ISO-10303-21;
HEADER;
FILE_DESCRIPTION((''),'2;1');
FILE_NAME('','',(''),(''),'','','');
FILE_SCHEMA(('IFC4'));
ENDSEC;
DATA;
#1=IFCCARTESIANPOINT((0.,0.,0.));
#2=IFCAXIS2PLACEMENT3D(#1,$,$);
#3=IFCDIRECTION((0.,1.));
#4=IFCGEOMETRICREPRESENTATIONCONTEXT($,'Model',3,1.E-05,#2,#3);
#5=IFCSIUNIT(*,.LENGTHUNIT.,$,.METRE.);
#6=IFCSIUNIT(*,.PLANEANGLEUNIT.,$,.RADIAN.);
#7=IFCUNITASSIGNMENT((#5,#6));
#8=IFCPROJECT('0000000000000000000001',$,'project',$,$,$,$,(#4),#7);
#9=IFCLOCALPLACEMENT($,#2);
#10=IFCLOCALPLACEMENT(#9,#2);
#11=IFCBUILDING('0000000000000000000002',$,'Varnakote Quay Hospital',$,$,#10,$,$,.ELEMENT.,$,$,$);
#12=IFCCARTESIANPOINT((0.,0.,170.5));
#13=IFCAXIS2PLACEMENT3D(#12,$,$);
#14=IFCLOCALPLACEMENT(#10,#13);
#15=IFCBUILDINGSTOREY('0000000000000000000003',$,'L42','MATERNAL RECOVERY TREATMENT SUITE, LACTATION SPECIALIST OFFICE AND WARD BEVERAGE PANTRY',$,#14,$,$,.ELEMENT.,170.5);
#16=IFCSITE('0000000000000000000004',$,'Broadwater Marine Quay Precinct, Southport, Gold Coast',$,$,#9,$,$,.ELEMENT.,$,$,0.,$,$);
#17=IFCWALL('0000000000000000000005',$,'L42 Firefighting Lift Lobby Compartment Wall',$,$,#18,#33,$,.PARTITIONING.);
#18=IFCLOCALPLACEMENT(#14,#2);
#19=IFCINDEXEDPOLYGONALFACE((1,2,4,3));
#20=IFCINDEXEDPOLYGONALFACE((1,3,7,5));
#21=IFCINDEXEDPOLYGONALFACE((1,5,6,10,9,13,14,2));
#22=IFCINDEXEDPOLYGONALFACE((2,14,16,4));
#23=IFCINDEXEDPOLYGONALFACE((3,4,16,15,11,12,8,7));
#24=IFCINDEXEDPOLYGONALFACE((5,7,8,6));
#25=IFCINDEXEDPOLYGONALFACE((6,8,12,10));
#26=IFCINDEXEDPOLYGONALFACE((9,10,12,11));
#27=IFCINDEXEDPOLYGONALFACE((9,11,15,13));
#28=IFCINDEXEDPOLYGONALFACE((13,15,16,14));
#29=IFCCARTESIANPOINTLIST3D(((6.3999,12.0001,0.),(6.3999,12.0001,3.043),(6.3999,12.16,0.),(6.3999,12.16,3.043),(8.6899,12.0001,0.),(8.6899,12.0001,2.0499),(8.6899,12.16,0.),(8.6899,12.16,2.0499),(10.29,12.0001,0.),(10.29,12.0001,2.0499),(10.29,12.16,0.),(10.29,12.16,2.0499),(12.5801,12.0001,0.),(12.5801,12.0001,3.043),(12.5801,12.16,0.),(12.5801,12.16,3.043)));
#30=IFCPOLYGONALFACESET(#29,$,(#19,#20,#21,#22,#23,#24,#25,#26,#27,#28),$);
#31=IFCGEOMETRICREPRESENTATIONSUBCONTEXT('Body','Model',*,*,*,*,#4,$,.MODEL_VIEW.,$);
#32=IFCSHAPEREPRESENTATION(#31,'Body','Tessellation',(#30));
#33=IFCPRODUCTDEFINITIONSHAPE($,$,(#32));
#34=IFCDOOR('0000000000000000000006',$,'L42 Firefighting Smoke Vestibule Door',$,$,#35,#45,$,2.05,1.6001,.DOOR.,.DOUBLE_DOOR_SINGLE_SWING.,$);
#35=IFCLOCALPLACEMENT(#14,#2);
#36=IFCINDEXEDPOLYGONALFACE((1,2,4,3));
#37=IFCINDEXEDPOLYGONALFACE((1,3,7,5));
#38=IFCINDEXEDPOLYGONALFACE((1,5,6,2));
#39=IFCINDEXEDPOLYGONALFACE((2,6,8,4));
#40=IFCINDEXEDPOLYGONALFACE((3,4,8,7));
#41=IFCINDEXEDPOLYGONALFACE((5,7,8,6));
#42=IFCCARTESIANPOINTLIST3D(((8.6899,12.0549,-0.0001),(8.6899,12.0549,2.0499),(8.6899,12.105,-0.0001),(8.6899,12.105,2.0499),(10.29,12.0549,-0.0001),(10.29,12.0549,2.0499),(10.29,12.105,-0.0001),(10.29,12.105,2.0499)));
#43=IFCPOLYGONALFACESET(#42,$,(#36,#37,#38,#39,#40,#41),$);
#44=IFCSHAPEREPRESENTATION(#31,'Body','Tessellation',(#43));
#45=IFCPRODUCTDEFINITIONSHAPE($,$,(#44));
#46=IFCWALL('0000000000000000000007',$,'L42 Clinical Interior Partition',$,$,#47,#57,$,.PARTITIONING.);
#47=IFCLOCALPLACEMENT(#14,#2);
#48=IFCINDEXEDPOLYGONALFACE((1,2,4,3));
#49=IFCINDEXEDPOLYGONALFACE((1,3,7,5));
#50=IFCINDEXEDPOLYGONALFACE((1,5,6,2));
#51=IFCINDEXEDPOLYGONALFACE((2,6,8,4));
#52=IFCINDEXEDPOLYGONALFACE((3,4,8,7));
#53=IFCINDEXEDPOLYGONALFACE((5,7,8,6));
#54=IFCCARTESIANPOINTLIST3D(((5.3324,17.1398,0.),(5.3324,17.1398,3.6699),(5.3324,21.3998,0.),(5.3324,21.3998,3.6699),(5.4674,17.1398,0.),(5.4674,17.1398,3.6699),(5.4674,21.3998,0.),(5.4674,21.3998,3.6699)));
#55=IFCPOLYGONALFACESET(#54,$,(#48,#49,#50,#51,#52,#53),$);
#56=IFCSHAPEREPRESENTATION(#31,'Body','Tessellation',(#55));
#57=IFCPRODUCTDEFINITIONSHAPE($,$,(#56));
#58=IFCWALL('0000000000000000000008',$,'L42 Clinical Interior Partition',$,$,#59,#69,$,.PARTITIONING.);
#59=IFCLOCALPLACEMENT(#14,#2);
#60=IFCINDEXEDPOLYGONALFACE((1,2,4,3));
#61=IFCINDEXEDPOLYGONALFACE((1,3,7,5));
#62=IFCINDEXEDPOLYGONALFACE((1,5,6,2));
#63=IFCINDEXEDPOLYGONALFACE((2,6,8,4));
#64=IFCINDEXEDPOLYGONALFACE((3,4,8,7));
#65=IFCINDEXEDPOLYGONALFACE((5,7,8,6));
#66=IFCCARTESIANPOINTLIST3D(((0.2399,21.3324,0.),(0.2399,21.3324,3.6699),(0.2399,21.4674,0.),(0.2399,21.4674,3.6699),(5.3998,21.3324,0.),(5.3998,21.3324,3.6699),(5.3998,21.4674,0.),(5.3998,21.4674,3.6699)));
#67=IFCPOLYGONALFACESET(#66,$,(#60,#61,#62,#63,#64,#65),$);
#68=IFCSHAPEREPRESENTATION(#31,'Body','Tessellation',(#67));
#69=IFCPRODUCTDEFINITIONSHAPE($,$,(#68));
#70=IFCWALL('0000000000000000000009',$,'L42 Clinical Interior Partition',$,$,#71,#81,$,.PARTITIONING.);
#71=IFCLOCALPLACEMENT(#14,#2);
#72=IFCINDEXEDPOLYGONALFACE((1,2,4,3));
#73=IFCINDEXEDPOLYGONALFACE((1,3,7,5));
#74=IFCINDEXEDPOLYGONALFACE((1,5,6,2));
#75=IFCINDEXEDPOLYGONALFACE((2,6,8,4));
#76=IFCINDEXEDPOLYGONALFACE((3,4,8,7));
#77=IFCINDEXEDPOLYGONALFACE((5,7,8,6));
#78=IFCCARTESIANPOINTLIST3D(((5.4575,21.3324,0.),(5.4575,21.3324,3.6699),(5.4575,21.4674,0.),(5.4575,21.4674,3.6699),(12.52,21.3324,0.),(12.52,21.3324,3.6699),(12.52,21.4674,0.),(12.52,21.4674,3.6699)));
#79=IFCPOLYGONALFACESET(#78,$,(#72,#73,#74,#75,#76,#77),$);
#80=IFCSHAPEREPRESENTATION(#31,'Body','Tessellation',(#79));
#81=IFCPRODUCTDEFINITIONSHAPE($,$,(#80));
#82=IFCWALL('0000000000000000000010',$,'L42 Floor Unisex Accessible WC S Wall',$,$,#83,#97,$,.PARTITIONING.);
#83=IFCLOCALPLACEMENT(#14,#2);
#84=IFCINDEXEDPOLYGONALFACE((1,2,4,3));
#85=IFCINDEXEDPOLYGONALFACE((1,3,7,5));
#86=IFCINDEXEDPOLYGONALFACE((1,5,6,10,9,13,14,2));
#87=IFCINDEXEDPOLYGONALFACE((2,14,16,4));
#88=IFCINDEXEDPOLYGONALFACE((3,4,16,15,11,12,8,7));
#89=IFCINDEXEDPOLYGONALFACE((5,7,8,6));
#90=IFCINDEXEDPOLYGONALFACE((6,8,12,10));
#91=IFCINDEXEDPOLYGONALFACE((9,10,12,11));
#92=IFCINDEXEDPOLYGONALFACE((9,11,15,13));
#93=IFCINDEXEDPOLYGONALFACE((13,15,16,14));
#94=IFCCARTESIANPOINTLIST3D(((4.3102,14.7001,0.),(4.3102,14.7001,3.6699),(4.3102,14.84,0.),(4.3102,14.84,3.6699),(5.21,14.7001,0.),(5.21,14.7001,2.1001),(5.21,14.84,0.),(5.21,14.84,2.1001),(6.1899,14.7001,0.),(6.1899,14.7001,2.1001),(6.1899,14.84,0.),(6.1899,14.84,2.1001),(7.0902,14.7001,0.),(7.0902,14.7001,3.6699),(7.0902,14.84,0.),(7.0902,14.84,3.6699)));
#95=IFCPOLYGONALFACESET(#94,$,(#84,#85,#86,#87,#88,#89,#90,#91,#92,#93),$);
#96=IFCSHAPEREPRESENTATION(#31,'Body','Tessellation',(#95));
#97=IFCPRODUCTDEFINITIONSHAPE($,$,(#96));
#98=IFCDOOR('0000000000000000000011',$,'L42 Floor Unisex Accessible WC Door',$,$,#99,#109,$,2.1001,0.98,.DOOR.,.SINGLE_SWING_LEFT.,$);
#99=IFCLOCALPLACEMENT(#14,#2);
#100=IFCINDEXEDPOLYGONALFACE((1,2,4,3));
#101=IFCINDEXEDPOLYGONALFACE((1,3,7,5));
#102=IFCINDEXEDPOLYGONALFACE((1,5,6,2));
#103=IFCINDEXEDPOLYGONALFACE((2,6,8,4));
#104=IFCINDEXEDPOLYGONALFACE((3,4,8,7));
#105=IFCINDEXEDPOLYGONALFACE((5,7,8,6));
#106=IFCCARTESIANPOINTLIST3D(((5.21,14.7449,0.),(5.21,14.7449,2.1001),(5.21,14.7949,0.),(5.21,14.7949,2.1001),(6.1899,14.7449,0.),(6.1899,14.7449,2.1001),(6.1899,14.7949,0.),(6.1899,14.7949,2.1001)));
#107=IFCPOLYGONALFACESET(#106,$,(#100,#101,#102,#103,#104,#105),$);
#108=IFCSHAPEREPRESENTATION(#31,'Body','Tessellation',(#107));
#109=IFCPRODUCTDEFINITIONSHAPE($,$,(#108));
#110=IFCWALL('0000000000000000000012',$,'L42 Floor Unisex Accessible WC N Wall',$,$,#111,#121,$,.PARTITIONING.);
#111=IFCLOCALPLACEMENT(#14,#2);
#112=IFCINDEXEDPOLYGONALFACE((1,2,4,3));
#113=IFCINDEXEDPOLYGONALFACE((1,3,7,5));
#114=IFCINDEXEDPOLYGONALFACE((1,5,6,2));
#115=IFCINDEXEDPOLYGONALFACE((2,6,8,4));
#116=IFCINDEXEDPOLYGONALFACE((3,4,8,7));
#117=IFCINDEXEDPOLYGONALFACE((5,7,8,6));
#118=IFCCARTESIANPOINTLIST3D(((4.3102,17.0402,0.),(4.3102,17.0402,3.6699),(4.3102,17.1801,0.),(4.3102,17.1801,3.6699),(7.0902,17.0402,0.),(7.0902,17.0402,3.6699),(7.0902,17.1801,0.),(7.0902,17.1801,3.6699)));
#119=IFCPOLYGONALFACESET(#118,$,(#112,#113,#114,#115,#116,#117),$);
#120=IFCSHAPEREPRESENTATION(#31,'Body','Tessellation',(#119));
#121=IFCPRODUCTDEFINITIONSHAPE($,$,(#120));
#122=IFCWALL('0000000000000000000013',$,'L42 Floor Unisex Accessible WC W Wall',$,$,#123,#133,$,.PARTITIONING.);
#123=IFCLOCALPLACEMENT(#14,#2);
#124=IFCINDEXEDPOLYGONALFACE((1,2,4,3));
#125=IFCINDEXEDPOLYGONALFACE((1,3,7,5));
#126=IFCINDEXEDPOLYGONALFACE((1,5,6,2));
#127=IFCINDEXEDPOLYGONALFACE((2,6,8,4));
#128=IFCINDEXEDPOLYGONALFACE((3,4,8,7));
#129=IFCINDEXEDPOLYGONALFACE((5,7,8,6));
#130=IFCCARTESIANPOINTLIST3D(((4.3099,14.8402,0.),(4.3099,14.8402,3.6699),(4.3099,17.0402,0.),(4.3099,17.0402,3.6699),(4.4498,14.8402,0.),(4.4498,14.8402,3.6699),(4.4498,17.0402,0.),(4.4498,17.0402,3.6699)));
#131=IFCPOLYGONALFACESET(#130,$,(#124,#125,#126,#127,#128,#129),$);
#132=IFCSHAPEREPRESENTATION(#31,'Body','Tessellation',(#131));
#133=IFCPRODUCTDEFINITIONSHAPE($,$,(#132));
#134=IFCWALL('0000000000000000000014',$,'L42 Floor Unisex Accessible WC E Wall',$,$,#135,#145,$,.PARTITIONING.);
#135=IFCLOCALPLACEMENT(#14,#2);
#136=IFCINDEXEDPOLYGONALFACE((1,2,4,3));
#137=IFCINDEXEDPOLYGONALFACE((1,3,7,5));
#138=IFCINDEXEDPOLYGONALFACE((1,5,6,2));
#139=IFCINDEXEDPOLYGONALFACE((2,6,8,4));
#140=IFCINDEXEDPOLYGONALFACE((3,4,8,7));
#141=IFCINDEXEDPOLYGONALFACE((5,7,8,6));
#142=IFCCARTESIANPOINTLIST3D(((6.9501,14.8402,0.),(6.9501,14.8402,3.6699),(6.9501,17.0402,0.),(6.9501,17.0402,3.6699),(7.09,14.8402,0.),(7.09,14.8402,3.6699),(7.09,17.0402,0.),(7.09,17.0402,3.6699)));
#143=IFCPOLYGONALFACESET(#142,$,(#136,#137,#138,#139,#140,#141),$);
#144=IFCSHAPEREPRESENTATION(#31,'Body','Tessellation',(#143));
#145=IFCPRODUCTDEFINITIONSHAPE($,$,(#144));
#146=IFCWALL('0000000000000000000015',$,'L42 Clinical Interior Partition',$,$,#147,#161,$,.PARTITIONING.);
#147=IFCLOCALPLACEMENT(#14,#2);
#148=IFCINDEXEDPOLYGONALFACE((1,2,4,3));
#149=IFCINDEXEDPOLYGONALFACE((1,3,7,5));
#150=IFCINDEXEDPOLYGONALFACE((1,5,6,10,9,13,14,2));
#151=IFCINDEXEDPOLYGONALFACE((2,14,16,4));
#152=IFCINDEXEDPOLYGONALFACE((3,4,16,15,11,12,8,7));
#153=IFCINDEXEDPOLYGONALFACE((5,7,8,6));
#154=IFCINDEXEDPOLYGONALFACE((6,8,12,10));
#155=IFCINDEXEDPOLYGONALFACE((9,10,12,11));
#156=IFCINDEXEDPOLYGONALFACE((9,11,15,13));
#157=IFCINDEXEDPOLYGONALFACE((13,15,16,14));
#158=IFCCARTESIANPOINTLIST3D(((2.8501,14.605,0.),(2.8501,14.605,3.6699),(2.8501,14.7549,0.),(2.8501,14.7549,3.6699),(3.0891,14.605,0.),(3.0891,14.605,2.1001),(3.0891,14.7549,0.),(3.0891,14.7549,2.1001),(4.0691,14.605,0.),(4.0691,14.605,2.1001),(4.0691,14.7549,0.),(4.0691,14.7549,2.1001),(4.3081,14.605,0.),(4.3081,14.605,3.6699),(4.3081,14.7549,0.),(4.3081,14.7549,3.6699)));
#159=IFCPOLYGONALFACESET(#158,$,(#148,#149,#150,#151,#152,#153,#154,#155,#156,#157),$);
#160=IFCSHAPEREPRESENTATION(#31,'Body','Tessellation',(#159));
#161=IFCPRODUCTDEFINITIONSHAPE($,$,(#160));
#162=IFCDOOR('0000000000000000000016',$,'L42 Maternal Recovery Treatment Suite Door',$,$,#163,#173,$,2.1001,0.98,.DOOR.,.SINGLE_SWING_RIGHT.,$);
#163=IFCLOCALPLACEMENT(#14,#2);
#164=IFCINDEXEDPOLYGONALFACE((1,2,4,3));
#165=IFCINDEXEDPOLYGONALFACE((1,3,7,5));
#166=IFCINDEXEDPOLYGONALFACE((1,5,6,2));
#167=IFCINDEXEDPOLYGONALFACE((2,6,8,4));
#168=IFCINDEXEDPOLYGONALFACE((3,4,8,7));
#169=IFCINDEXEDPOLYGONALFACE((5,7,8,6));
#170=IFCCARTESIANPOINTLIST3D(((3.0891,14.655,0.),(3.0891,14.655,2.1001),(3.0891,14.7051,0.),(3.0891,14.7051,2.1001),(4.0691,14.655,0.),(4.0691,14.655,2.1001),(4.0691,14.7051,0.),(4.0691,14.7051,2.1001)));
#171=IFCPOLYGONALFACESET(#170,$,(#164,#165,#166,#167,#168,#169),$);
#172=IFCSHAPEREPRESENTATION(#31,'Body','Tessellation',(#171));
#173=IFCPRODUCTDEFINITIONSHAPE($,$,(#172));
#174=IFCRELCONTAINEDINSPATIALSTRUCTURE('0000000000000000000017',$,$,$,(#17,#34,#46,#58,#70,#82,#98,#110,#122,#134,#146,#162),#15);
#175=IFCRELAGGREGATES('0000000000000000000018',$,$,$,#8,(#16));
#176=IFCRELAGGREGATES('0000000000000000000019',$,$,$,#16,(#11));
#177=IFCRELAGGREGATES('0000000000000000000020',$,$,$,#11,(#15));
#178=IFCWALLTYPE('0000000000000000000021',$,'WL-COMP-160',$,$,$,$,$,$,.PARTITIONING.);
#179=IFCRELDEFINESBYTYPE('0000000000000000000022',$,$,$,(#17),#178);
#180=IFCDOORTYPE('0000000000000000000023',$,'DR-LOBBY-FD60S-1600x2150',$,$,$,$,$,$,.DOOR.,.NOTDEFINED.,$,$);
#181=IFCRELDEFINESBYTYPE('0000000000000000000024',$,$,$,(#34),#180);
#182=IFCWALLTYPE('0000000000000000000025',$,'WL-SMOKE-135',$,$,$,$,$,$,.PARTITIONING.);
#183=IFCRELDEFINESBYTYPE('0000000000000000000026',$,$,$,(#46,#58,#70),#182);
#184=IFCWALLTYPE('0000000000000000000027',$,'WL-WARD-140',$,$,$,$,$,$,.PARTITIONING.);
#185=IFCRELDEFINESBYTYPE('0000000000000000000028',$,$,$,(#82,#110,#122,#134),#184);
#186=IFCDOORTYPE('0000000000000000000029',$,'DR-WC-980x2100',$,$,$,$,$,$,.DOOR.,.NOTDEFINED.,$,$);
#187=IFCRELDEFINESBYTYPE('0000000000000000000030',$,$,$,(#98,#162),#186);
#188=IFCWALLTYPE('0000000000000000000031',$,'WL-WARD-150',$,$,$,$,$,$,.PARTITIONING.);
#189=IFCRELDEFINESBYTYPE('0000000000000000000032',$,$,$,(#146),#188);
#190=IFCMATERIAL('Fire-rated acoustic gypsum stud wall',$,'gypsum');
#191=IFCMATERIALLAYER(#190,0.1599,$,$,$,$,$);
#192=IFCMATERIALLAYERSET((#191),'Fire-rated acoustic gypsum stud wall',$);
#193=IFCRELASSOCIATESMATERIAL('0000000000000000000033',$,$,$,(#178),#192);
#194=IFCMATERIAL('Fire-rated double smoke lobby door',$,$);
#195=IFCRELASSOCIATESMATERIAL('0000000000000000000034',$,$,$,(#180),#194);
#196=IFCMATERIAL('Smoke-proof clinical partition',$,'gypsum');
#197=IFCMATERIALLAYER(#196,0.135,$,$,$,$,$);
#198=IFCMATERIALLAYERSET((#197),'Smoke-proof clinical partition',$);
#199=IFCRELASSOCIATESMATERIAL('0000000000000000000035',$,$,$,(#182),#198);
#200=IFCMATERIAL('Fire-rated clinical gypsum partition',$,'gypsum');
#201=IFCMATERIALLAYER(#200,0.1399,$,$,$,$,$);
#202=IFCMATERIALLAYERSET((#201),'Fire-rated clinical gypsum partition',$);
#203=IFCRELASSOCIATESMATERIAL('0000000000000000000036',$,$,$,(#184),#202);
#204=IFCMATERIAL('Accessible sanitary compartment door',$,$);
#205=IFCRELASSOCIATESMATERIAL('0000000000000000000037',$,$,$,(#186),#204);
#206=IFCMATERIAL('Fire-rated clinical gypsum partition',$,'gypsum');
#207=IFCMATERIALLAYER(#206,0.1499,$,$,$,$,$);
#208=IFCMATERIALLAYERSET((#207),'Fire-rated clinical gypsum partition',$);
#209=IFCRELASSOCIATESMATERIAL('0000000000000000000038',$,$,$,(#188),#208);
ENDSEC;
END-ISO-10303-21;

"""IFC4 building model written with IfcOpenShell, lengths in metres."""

from ifc_helpers import new_model, si_unit, direction, frame, frame_2d, origin, place, context, subcontext, project, spatial, rectangle, extrude, material, layer, layer_set, type_object, element, fill, save


model = new_model("IFC4")

# Units and contexts
model_context = context("Model", 3, precision=1e-05, world=origin(), true_north=direction((0.0, 1.0)))
body_context = subcontext(model_context, "Body", "Model", "MODEL_VIEW")
ifc_project = project(units=[si_unit("LENGTHUNIT", "METRE"), si_unit("PLANEANGLEUNIT", "RADIAN")], contexts=[model_context])

# Site, building, storey
site_placement = place(None, origin())
site = spatial("IfcSite", under=ifc_project, at=site_placement, Name="Broadwater Marine Quay Precinct, Southport, Gold Coast", CompositionType="ELEMENT", RefElevation=0.0)
building_placement = place(site_placement, origin())
building = spatial("IfcBuilding", under=site, at=building_placement, Name="Varnakote Quay Hospital", CompositionType="ELEMENT")
storey_placement = place(building_placement, frame((0.0, 0.0, 170.5)))
storey = spatial("IfcBuildingStorey", under=building, at=storey_placement, Name="L42", Description="MATERNAL RECOVERY TREATMENT SUITE, LACTATION SPECIALIST OFFICE AND WARD BEVERAGE PANTRY", CompositionType="ELEMENT", Elevation=170.5)

# Wall, opening, door
ifc_material_1 = material(Name="Fire-rated acoustic gypsum stud wall", Category="gypsum")
ifc_layer_1 = layer(ifc_material_1, 0.1599)
ifc_layer_set_1 = layer_set([ifc_layer_1], Name="Fire-rated acoustic gypsum stud wall")
wall_type_1 = type_object("IfcWallType", Name="WL-COMP-160", PredefinedType="PARTITIONING", material=ifc_layer_set_1)
ifc_material_2 = material(Name="Fire-rated double smoke lobby door")
door_type_1 = type_object("IfcDoorType", Name="DR-LOBBY-FD60S-1600x2150", OperationType="NOTDEFINED", PredefinedType="DOOR", material=ifc_material_2)
wall_1_placement = place(storey_placement, frame((6.3999, 12.0801, 0.0), z_axis=(0.0, 0.0, 1.0), x_axis=(1.0, 0.0, 0.0)))
wall_1 = element("IfcWall", 1, at=wall_1_placement, inside=storey, type_object=wall_type_1, Name="L42 Firefighting Lift Lobby Compartment Wall", PredefinedType="PARTITIONING", context=body_context, shape_type="SweptSolid", body=[
    extrude(rectangle(XDim=6.1802, YDim=0.1599, at=frame_2d((3.0901, 0.0))), origin(), (0.0, 0.0, 1.0), 3.043),
])
opening_1_placement = place(wall_1_placement, frame((2.29, 0.0, 0.0)))
opening_1 = element("IfcOpeningElement", 2, at=opening_1_placement, cuts=wall_1, PredefinedType="OPENING", context=body_context, shape_type="SweptSolid", body=[
    extrude(rectangle(XDim=1.6001, YDim=2.05, at=frame_2d((0.8, 1.0249))), frame((0.0, 0.0898, 0.0), z_axis=(0.0, -1.0, 0.0), x_axis=(1.0, 0.0, 0.0)), (0.0, 0.0, 1.0), 0.1799),
])
door_1_placement = place(opening_1_placement, origin())
door_1 = element("IfcDoor", 3, at=door_1_placement, inside=storey, type_object=door_type_1, Name="L42 Firefighting Smoke Vestibule Door", OperationType="DOUBLE_DOOR_SINGLE_SWING", OverallHeight=2.05, OverallWidth=1.6001, PredefinedType="DOOR", context=body_context, shape_type="SweptSolid", body=[
    extrude(rectangle(XDim=1.6001, YDim=2.05, at=frame_2d((0.8, 1.0249))), frame((0.0, 0.0249, 0.0), z_axis=(0.0, -1.0, 0.0), x_axis=(1.0, 0.0, 0.0)), (0.0, 0.0, 1.0), 0.05),
])
fill(opening_1, door_1)

# Walls
ifc_material_3 = material(Name="Smoke-proof clinical partition", Category="gypsum")
ifc_layer_2 = layer(ifc_material_3, 0.135)
ifc_layer_set_2 = layer_set([ifc_layer_2], Name="Smoke-proof clinical partition")
wall_type_2 = type_object("IfcWallType", Name="WL-SMOKE-135", PredefinedType="PARTITIONING", material=ifc_layer_set_2)
wall_2_placement = place(storey_placement, frame((5.3999, 17.1399, 0.0), z_axis=(0.0, 0.0, 1.0), x_axis=(0.0, 1.0, 0.0)))
element("IfcWall", 4, at=wall_2_placement, inside=storey, type_object=wall_type_2, Name="L42 Clinical Interior Partition", PredefinedType="PARTITIONING", context=body_context, shape_type="SweptSolid", body=[
    extrude(rectangle(XDim=4.26, YDim=0.135, at=frame_2d((2.1299, 0.0))), origin(), (0.0, 0.0, 1.0), 3.6699),
])
wall_3_placement = place(storey_placement, frame((5.3999, 21.3999, 0.0), z_axis=(0.0, 0.0, 1.0), x_axis=(-1.0, 0.0, 0.0)))
element("IfcWall", 5, at=wall_3_placement, inside=storey, type_object=wall_type_2, Name="L42 Clinical Interior Partition", PredefinedType="PARTITIONING", context=body_context, shape_type="SweptSolid", body=[
    extrude(rectangle(XDim=5.1599, YDim=0.135, at=frame_2d((2.5801, 0.0))), origin(), (0.0, 0.0, 1.0), 3.6699),
])
wall_4_placement = place(storey_placement, frame((12.52, 21.3999, 0.0), z_axis=(0.0, 0.0, 1.0), x_axis=(-1.0, 0.0, 0.0)))
element("IfcWall", 6, at=wall_4_placement, inside=storey, type_object=wall_type_2, Name="L42 Clinical Interior Partition", PredefinedType="PARTITIONING", context=body_context, shape_type="SweptSolid", body=[
    extrude(rectangle(XDim=7.0625, YDim=0.135, at=frame_2d((3.5312, 0.0))), origin(), (0.0, 0.0, 1.0), 3.6699),
])

# Wall, opening, door
ifc_material_4 = material(Name="Fire-rated clinical gypsum partition", Category="gypsum")
ifc_layer_3 = layer(ifc_material_4, 0.1399)
ifc_layer_set_3 = layer_set([ifc_layer_3], Name="Fire-rated clinical gypsum partition")
wall_type_3 = type_object("IfcWallType", Name="WL-WARD-140", PredefinedType="PARTITIONING", material=ifc_layer_set_3)
wall_5_placement = place(storey_placement, frame((4.3101, 14.77, 0.0), z_axis=(0.0, 0.0, 1.0), x_axis=(1.0, 0.0, 0.0)))
wall_5 = element("IfcWall", 7, at=wall_5_placement, inside=storey, type_object=wall_type_3, Name="L42 Floor Unisex Accessible WC S Wall", PredefinedType="PARTITIONING", context=body_context, shape_type="SweptSolid", body=[
    extrude(rectangle(XDim=2.78, YDim=0.1399, at=frame_2d((1.3901, 0.0))), origin(), (0.0, 0.0, 1.0), 3.6699),
])
opening_2_placement = place(wall_5_placement, frame((0.8999, 0.0, 0.0)))
opening_2 = element("IfcOpeningElement", 8, at=opening_2_placement, cuts=wall_5, PredefinedType="OPENING", context=body_context, shape_type="SweptSolid", body=[
    extrude(rectangle(XDim=0.98, YDim=2.1001, at=frame_2d((0.49, 1.05))), frame((0.0, 0.0798, 0.0), z_axis=(0.0, -1.0, 0.0), x_axis=(1.0, 0.0, 0.0)), (0.0, 0.0, 1.0), 0.1599),
])
ifc_material_5 = material(Name="Accessible sanitary compartment door")
door_type_2 = type_object("IfcDoorType", Name="DR-WC-980x2100", OperationType="NOTDEFINED", PredefinedType="DOOR", material=ifc_material_5)
door_2_placement = place(opening_2_placement, origin())
door_2 = element("IfcDoor", 9, at=door_2_placement, inside=storey, type_object=door_type_2, Name="L42 Floor Unisex Accessible WC Door", OperationType="SINGLE_SWING_LEFT", OverallHeight=2.1001, OverallWidth=0.98, PredefinedType="DOOR", context=body_context, shape_type="SweptSolid", body=[
    extrude(rectangle(XDim=0.98, YDim=2.1001, at=frame_2d((0.49, 1.05))), frame((0.0, 0.0249, 0.0), z_axis=(0.0, -1.0, 0.0), x_axis=(1.0, 0.0, 0.0)), (0.0, 0.0, 1.0), 0.05),
])
fill(opening_2, door_2)

# Walls
wall_6_placement = place(storey_placement, frame((4.3101, 17.1101, 0.0), z_axis=(0.0, 0.0, 1.0), x_axis=(1.0, 0.0, 0.0)))
element("IfcWall", 10, at=wall_6_placement, inside=storey, type_object=wall_type_3, Name="L42 Floor Unisex Accessible WC N Wall", PredefinedType="PARTITIONING", context=body_context, shape_type="SweptSolid", body=[
    extrude(rectangle(XDim=2.78, YDim=0.1399, at=frame_2d((1.3901, 0.0))), origin(), (0.0, 0.0, 1.0), 3.6699),
])
for number, where, z_axis, x_axis, name in (
    (11, (4.3799, 14.8401, 0.0), (0.0, 0.0, 1.0), (0.0, 1.0, 0.0), "L42 Floor Unisex Accessible WC W Wall"),
    (12, (7.02, 14.8401, 0.0), (0.0, 0.0, 1.0), (0.0, 1.0, 0.0), "L42 Floor Unisex Accessible WC E Wall"),
):
    element("IfcWall", number, at=place(storey_placement, frame(where, z_axis=z_axis, x_axis=x_axis)), inside=storey, type_object=wall_type_3, Name=name, PredefinedType="PARTITIONING", context=body_context, shape_type="SweptSolid", body=[
        extrude(rectangle(XDim=2.2, YDim=0.1399, at=frame_2d((1.1001, 0.0))), origin(), (0.0, 0.0, 1.0), 3.6699),
    ])

# Wall, opening, door
ifc_material_6 = material(Name="Fire-rated clinical gypsum partition", Category="gypsum")
ifc_layer_4 = layer(ifc_material_6, 0.1499)
ifc_layer_set_4 = layer_set([ifc_layer_4], Name="Fire-rated clinical gypsum partition")
wall_type_4 = type_object("IfcWallType", Name="WL-WARD-150", PredefinedType="PARTITIONING", material=ifc_layer_set_4)
wall_7_placement = place(storey_placement, frame((4.3081, 14.6799, 0.0), z_axis=(0.0, 0.0, 1.0), x_axis=(-1.0, 0.0, 0.0)))
wall_7 = element("IfcWall", 13, at=wall_7_placement, inside=storey, type_object=wall_type_4, Name="L42 Clinical Interior Partition", PredefinedType="PARTITIONING", context=body_context, shape_type="SweptSolid", body=[
    extrude(rectangle(XDim=1.458, YDim=0.1499, at=frame_2d((0.729, 0.0))), origin(), (0.0, 0.0, 1.0), 3.6699),
])
opening_3_placement = place(wall_7_placement, frame((0.239, 0.0, 0.0)))
opening_3 = element("IfcOpeningElement", 14, at=opening_3_placement, cuts=wall_7, PredefinedType="OPENING", context=body_context, shape_type="SweptSolid", body=[
    extrude(rectangle(XDim=0.98, YDim=2.1001, at=frame_2d((0.49, 1.05))), frame((0.0, 0.085, 0.0), z_axis=(0.0, -1.0, 0.0), x_axis=(1.0, 0.0, 0.0)), (0.0, 0.0, 1.0), 0.1699),
])
door_3_placement = place(opening_3_placement, origin())
door_3 = element("IfcDoor", 15, at=door_3_placement, inside=storey, type_object=door_type_2, Name="L42 Maternal Recovery Treatment Suite Door", OperationType="SINGLE_SWING_RIGHT", OverallHeight=2.1001, OverallWidth=0.98, PredefinedType="DOOR", context=body_context, shape_type="SweptSolid", body=[
    extrude(rectangle(XDim=0.98, YDim=2.1001, at=frame_2d((0.49, 1.05))), frame((0.0, 0.0249, 0.0), z_axis=(0.0, -1.0, 0.0), x_axis=(1.0, 0.0, 0.0)), (0.0, 0.0, 1.0), 0.05),
])
fill(opening_3, door_3)

save(model, "model.ifc")
